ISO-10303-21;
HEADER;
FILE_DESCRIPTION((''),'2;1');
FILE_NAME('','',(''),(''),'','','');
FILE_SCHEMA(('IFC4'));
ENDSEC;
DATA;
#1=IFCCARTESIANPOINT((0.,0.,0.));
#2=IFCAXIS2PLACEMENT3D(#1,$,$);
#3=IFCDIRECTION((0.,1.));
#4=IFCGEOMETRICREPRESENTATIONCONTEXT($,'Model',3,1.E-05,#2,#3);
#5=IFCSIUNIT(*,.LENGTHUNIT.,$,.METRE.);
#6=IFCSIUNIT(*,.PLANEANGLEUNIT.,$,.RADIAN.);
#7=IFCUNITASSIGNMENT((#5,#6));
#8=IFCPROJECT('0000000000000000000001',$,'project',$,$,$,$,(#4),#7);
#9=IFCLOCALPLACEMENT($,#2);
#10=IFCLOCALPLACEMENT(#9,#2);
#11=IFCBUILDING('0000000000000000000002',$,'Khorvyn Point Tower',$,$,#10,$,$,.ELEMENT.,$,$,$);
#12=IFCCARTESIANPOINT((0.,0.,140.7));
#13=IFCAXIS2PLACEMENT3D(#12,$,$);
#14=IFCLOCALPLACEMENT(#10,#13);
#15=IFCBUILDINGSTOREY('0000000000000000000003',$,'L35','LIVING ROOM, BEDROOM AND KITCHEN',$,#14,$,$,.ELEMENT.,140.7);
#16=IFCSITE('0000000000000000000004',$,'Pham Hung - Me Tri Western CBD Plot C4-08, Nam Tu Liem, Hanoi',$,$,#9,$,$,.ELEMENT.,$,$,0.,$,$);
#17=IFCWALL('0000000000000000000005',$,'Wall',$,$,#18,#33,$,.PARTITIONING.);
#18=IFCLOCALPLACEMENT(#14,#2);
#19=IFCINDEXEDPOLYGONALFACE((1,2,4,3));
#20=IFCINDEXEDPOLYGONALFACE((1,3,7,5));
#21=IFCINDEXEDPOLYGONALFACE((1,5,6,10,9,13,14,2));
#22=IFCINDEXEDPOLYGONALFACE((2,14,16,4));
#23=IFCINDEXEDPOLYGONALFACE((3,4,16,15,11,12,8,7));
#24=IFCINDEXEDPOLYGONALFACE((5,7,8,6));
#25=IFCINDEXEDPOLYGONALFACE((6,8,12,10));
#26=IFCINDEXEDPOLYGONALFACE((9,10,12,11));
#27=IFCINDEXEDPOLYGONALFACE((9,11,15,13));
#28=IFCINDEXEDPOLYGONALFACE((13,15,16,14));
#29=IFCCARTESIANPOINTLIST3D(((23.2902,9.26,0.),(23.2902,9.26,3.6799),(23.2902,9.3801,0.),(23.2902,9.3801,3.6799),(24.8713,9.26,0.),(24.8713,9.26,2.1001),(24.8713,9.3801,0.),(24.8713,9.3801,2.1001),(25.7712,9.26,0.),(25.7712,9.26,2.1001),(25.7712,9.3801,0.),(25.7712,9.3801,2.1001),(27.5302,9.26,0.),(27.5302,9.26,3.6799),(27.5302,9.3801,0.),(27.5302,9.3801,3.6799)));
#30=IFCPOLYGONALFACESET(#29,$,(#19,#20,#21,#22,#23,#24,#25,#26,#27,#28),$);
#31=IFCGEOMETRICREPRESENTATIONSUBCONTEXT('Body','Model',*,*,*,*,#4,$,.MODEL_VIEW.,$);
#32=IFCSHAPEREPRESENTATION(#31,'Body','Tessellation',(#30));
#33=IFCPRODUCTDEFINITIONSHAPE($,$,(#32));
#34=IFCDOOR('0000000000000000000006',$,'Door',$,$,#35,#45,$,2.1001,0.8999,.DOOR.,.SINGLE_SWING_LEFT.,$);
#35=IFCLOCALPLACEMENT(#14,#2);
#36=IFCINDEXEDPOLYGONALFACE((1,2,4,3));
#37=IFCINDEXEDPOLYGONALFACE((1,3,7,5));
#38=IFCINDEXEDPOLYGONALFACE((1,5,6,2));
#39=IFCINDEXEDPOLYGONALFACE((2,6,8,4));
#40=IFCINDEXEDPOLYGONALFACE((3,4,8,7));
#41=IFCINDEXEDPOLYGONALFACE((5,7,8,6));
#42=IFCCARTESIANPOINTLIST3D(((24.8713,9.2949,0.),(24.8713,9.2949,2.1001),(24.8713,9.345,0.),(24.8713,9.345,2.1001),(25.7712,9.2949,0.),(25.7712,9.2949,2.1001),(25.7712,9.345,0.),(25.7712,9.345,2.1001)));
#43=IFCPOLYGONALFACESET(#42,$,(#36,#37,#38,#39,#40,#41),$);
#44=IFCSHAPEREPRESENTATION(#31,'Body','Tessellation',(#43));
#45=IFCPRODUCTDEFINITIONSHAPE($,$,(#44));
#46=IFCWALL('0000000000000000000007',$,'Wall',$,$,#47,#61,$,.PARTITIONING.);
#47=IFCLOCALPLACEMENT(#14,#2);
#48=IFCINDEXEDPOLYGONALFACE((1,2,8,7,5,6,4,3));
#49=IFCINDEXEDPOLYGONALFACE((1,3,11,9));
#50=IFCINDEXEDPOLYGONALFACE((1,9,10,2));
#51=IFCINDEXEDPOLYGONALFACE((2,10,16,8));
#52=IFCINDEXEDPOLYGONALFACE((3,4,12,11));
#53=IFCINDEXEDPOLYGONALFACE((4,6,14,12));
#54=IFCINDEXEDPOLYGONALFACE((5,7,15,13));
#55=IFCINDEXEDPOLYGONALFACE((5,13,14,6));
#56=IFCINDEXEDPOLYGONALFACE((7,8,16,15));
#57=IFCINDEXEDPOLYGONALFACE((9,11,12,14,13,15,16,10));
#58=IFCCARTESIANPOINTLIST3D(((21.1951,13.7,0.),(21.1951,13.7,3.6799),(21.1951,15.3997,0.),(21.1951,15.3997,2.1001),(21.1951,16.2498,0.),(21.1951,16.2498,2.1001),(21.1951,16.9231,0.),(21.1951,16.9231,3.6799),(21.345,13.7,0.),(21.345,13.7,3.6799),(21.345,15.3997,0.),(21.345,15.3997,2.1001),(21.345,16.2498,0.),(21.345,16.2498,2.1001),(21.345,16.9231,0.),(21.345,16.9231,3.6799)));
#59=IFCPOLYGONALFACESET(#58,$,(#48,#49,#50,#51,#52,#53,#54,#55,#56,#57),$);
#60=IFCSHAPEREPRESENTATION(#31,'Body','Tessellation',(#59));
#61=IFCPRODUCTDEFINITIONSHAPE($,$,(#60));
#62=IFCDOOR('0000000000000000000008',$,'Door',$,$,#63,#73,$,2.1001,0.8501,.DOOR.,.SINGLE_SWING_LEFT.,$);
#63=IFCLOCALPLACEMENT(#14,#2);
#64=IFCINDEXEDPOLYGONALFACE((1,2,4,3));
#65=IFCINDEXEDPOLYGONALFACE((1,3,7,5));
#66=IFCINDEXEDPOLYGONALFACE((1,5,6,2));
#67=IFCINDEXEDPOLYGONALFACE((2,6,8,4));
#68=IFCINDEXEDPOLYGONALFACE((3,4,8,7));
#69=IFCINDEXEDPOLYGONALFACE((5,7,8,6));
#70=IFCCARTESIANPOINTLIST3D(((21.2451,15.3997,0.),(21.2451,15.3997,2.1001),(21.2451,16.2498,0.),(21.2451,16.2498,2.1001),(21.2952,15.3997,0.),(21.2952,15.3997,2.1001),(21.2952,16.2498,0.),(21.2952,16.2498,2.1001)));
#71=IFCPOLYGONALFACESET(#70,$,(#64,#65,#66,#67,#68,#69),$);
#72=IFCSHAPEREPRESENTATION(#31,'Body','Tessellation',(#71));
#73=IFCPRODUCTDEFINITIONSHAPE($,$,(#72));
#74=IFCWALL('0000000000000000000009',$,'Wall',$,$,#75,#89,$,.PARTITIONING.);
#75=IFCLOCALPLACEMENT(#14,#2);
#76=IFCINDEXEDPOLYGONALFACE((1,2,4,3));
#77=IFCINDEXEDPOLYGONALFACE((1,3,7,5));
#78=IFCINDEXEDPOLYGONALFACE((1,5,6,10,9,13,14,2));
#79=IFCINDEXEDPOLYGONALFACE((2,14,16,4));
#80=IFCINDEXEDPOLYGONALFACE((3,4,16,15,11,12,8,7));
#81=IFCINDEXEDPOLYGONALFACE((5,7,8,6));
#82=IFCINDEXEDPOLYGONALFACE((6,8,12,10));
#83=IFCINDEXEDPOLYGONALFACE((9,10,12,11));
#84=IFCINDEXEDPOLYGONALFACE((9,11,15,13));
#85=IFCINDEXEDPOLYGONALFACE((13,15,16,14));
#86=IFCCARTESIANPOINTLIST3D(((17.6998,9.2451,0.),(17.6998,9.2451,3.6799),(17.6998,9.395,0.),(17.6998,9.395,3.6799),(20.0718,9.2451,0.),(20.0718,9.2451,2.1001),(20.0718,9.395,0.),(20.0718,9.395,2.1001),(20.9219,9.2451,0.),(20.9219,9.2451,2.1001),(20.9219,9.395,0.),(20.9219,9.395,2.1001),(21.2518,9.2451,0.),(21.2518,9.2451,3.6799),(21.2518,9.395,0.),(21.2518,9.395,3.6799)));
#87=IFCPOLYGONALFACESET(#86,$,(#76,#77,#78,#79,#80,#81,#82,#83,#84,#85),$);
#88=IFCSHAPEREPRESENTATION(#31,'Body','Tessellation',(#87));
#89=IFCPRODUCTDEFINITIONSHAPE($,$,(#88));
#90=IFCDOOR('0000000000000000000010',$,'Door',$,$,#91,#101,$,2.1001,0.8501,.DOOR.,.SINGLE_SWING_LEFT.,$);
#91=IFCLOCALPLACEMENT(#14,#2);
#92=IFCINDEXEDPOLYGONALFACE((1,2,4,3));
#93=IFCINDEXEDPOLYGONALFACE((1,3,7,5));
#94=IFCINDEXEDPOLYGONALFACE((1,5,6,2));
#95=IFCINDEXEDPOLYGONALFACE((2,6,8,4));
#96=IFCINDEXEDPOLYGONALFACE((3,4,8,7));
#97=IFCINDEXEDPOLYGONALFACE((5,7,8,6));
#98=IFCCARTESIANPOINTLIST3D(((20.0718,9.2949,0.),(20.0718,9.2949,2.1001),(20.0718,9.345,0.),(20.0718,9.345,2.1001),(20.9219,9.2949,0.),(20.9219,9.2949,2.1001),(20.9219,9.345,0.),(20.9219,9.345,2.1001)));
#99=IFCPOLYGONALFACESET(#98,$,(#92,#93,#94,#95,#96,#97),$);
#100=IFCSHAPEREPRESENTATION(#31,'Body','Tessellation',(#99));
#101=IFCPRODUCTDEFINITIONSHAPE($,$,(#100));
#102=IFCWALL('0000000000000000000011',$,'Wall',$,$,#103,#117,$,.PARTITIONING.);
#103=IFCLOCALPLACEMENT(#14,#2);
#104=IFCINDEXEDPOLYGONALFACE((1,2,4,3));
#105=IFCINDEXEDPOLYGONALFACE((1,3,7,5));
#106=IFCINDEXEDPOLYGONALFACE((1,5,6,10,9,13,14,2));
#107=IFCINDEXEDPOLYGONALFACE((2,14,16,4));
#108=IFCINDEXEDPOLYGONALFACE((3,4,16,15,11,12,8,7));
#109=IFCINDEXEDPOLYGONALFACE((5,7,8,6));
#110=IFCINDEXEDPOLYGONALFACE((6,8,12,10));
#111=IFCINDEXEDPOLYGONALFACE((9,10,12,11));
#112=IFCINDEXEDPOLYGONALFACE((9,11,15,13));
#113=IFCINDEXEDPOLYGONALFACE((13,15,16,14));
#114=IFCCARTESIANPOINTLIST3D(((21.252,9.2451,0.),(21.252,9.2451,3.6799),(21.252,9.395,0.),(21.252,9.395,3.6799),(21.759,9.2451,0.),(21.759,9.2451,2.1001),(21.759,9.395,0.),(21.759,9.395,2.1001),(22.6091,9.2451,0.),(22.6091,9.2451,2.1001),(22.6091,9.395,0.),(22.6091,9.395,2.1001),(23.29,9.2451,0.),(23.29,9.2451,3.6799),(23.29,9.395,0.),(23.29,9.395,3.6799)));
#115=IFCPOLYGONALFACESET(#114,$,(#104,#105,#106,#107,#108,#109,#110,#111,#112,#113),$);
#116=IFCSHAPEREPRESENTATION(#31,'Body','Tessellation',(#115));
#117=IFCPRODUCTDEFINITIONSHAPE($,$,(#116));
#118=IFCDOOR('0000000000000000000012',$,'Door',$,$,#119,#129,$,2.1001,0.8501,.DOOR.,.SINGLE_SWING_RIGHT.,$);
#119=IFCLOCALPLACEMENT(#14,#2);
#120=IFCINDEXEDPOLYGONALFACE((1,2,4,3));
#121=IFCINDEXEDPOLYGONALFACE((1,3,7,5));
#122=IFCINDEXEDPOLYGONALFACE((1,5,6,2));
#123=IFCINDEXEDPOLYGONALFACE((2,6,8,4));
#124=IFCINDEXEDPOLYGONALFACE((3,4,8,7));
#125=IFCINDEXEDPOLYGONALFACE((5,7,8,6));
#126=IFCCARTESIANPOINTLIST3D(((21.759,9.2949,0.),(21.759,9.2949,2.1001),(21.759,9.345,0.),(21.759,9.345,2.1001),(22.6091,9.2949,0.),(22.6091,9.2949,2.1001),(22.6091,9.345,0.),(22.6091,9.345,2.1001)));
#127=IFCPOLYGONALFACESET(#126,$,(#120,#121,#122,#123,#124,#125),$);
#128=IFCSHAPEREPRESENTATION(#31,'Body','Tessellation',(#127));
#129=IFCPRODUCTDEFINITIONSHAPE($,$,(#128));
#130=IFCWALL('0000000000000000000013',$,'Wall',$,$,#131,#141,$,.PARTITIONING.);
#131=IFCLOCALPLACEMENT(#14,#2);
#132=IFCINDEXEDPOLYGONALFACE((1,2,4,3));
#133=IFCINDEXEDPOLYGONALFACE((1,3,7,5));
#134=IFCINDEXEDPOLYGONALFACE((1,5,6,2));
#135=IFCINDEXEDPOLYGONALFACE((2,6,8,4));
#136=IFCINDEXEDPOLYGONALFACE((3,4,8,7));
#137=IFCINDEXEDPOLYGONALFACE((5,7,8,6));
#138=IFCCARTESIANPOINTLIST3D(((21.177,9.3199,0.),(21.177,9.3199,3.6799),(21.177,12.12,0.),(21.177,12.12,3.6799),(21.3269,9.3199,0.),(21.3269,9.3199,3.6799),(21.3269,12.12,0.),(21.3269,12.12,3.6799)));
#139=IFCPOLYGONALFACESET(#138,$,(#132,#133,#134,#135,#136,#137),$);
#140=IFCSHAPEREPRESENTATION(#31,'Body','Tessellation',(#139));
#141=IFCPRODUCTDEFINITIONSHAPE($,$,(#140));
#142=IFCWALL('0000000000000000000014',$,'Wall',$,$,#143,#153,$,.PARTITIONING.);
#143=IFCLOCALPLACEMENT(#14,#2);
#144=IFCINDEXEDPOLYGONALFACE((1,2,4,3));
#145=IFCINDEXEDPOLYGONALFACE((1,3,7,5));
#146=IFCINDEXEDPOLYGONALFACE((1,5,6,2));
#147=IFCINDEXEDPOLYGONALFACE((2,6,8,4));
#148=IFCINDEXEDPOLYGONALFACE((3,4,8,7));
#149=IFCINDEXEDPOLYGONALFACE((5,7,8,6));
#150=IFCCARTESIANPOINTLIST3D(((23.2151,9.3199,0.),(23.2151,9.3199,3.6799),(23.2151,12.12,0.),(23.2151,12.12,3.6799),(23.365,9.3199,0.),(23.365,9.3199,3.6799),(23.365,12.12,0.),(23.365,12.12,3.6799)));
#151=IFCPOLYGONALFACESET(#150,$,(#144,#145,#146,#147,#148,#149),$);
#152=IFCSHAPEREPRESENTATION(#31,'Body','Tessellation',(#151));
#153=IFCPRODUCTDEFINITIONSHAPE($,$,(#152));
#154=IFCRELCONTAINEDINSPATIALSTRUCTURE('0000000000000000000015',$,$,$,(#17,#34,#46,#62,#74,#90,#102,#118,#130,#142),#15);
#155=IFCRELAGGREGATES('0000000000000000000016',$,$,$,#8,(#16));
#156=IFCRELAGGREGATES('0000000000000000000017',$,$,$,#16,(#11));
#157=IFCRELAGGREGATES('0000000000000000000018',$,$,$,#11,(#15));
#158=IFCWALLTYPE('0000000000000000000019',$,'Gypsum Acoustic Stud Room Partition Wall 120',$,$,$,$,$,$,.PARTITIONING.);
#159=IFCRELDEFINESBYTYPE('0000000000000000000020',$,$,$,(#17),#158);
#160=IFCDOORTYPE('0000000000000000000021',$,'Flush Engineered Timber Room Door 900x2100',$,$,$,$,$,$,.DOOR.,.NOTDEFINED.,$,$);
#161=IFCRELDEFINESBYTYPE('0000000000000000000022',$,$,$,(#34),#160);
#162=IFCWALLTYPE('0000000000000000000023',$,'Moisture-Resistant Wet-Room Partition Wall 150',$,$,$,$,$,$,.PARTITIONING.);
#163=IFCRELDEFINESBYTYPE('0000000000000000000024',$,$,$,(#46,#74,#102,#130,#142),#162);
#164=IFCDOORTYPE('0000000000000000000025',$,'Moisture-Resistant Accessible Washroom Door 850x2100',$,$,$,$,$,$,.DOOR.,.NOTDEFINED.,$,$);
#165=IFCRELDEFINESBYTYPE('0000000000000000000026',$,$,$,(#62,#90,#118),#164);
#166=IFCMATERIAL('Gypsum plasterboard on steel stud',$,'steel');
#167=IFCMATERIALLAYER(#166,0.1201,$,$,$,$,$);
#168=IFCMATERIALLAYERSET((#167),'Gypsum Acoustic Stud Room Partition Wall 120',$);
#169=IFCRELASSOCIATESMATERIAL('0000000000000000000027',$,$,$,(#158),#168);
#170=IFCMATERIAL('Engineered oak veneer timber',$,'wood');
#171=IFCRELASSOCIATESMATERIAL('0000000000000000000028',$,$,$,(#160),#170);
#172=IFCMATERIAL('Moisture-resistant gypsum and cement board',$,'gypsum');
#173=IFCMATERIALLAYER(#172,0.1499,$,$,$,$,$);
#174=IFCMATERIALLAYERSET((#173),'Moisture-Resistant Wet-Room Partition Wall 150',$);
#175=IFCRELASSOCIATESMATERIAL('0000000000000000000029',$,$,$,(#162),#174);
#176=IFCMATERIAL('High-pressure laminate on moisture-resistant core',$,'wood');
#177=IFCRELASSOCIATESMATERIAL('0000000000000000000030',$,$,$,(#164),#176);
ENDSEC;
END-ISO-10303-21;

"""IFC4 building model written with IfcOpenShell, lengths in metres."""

from ifc_helpers import new_model, si_unit, direction, frame, frame_2d, origin, place, context, subcontext, project, spatial, rectangle, extrude, material, layer, layer_set, type_object, element, fill, save


model = new_model("IFC4")

# Units and contexts
model_context = context("Model", 3, precision=1e-05, world=origin(), true_north=direction((0.0, 1.0)))
body_context = subcontext(model_context, "Body", "Model", "MODEL_VIEW")
ifc_project = project(units=[si_unit("LENGTHUNIT", "METRE"), si_unit("PLANEANGLEUNIT", "RADIAN")], contexts=[model_context])

# Site, building, storey
site_placement = place(None, origin())
site = spatial("IfcSite", under=ifc_project, at=site_placement, Name="Pham Hung - Me Tri Western CBD Plot C4-08, Nam Tu Liem, Hanoi", CompositionType="ELEMENT", RefElevation=0.0)
building_placement = place(site_placement, origin())
building = spatial("IfcBuilding", under=site, at=building_placement, Name="Khorvyn Point Tower", CompositionType="ELEMENT")
storey_placement = place(building_placement, frame((0.0, 0.0, 140.7)))
storey = spatial("IfcBuildingStorey", under=building, at=storey_placement, Name="L35", Description="LIVING ROOM, BEDROOM AND KITCHEN", CompositionType="ELEMENT", Elevation=140.7)

# Walls, openings, doors
ifc_material_1 = material(Name="Gypsum plasterboard on steel stud", Category="steel")
ifc_layer_1 = layer(ifc_material_1, 0.1201)
ifc_layer_set_1 = layer_set([ifc_layer_1], Name="Gypsum Acoustic Stud Room Partition Wall 120")
wall_type_1 = type_object("IfcWallType", Name="Gypsum Acoustic Stud Room Partition Wall 120", PredefinedType="PARTITIONING", material=ifc_layer_set_1)
wall_1_placement = place(storey_placement, frame((23.29, 9.3201, 0.0), z_axis=(0.0, 0.0, 1.0), x_axis=(1.0, 0.0, 0.0)))
wall_1 = element("IfcWall", 1, at=wall_1_placement, inside=storey, type_object=wall_type_1, Name="Wall", PredefinedType="PARTITIONING", context=body_context, shape_type="SweptSolid", body=[
    extrude(rectangle(XDim=4.24, YDim=0.1201, at=frame_2d((2.1201, 0.0))), origin(), (0.0, 0.0, 1.0), 3.6799),
])
opening_1_placement = place(wall_1_placement, frame((1.5813, 0.0, 0.0)))
opening_1 = element("IfcOpeningElement", 2, at=opening_1_placement, cuts=wall_1, PredefinedType="OPENING", context=body_context, shape_type="SweptSolid", body=[
    extrude(rectangle(XDim=0.8999, YDim=2.1001, at=frame_2d((0.45, 1.05))), frame((0.0, 0.0701, 0.0), z_axis=(0.0, -1.0, 0.0), x_axis=(1.0, 0.0, 0.0)), (0.0, 0.0, 1.0), 0.1401),
])
ifc_material_2 = material(Name="Engineered oak veneer timber", Category="wood")
door_type_1 = type_object("IfcDoorType", Name="Flush Engineered Timber Room Door 900x2100", OperationType="NOTDEFINED", PredefinedType="DOOR", material=ifc_material_2)
door_1_placement = place(opening_1_placement, origin())
door_1 = element("IfcDoor", 3, at=door_1_placement, inside=storey, type_object=door_type_1, Name="Door", OperationType="SINGLE_SWING_LEFT", OverallHeight=2.1001, OverallWidth=0.8999, PredefinedType="DOOR", context=body_context, shape_type="SweptSolid", body=[
    extrude(rectangle(XDim=0.8999, YDim=2.1001, at=frame_2d((0.45, 1.05))), frame((0.0, 0.0249, 0.0), z_axis=(0.0, -1.0, 0.0), x_axis=(1.0, 0.0, 0.0)), (0.0, 0.0, 1.0), 0.05),
])
fill(opening_1, door_1)
ifc_material_3 = material(Name="Moisture-resistant gypsum and cement board", Category="gypsum")
ifc_layer_2 = layer(ifc_material_3, 0.1499)
ifc_layer_set_2 = layer_set([ifc_layer_2], Name="Moisture-Resistant Wet-Room Partition Wall 150")
wall_type_2 = type_object("IfcWallType", Name="Moisture-Resistant Wet-Room Partition Wall 150", PredefinedType="PARTITIONING", material=ifc_layer_set_2)
wall_2_placement = place(storey_placement, frame((21.27, 13.7, 0.0), z_axis=(0.0, 0.0, 1.0), x_axis=(0.0, 1.0, 0.0)))
wall_2 = element("IfcWall", 4, at=wall_2_placement, inside=storey, type_object=wall_type_2, Name="Wall", PredefinedType="PARTITIONING", context=body_context, shape_type="SweptSolid", body=[
    extrude(rectangle(XDim=3.2231, YDim=0.1499, at=frame_2d((1.6116, 0.0))), origin(), (0.0, 0.0, 1.0), 3.6799),
])
opening_2_placement = place(wall_2_placement, frame((1.6997, 0.0, 0.0)))
opening_2 = element("IfcOpeningElement", 5, at=opening_2_placement, cuts=wall_2, PredefinedType="OPENING", context=body_context, shape_type="SweptSolid", body=[
    extrude(rectangle(XDim=0.8501, YDim=2.1001, at=frame_2d((0.425, 1.05))), frame((0.0, 0.085, 0.0), z_axis=(0.0, -1.0, 0.0), x_axis=(1.0, 0.0, 0.0)), (0.0, 0.0, 1.0), 0.1699),
])
ifc_material_4 = material(Name="High-pressure laminate on moisture-resistant core", Category="wood")
door_type_2 = type_object("IfcDoorType", Name="Moisture-Resistant Accessible Washroom Door 850x2100", OperationType="NOTDEFINED", PredefinedType="DOOR", material=ifc_material_4)
door_2_placement = place(opening_2_placement, origin())
door_2 = element("IfcDoor", 6, at=door_2_placement, inside=storey, type_object=door_type_2, Name="Door", OperationType="SINGLE_SWING_LEFT", OverallHeight=2.1001, OverallWidth=0.8501, PredefinedType="DOOR", context=body_context, shape_type="SweptSolid", body=[
    extrude(rectangle(XDim=0.8501, YDim=2.1001, at=frame_2d((0.425, 1.05))), frame((0.0, 0.0249, 0.0), z_axis=(0.0, -1.0, 0.0), x_axis=(1.0, 0.0, 0.0)), (0.0, 0.0, 1.0), 0.05),
])
fill(opening_2, door_2)
wall_3_placement = place(storey_placement, frame((17.7, 9.3201, 0.0), z_axis=(0.0, 0.0, 1.0), x_axis=(1.0, 0.0, 0.0)))
wall_3 = element("IfcWall", 7, at=wall_3_placement, inside=storey, type_object=wall_type_2, Name="Wall", PredefinedType="PARTITIONING", context=body_context, shape_type="SweptSolid", body=[
    extrude(rectangle(XDim=3.552, YDim=0.1499, at=frame_2d((1.7759, 0.0))), origin(), (0.0, 0.0, 1.0), 3.6799),
])
opening_3_placement = place(wall_3_placement, frame((2.3718, 0.0, 0.0)))
opening_3 = element("IfcOpeningElement", 8, at=opening_3_placement, cuts=wall_3, PredefinedType="OPENING", context=body_context, shape_type="SweptSolid", body=[
    extrude(rectangle(XDim=0.8501, YDim=2.1001, at=frame_2d((0.425, 1.05))), frame((0.0, 0.085, 0.0), z_axis=(0.0, -1.0, 0.0), x_axis=(1.0, 0.0, 0.0)), (0.0, 0.0, 1.0), 0.1699),
])
door_3_placement = place(opening_3_placement, origin())
door_3 = element("IfcDoor", 9, at=door_3_placement, inside=storey, type_object=door_type_2, Name="Door", OperationType="SINGLE_SWING_LEFT", OverallHeight=2.1001, OverallWidth=0.8501, PredefinedType="DOOR", context=body_context, shape_type="SweptSolid", body=[
    extrude(rectangle(XDim=0.8501, YDim=2.1001, at=frame_2d((0.425, 1.05))), frame((0.0, 0.0249, 0.0), z_axis=(0.0, -1.0, 0.0), x_axis=(1.0, 0.0, 0.0)), (0.0, 0.0, 1.0), 0.05),
])
fill(opening_3, door_3)
wall_4_placement = place(storey_placement, frame((21.252, 9.3201, 0.0), z_axis=(0.0, 0.0, 1.0), x_axis=(1.0, 0.0, 0.0)))
wall_4 = element("IfcWall", 10, at=wall_4_placement, inside=storey, type_object=wall_type_2, Name="Wall", PredefinedType="PARTITIONING", context=body_context, shape_type="SweptSolid", body=[
    extrude(rectangle(XDim=2.0381, YDim=0.1499, at=frame_2d((1.019, 0.0))), origin(), (0.0, 0.0, 1.0), 3.6799),
])
opening_4_placement = place(wall_4_placement, frame((0.5071, 0.0, 0.0)))
opening_4 = element("IfcOpeningElement", 11, at=opening_4_placement, cuts=wall_4, PredefinedType="OPENING", context=body_context, shape_type="SweptSolid", body=[
    extrude(rectangle(XDim=0.8501, YDim=2.1001, at=frame_2d((0.425, 1.05))), frame((0.0, 0.085, 0.0), z_axis=(0.0, -1.0, 0.0), x_axis=(1.0, 0.0, 0.0)), (0.0, 0.0, 1.0), 0.1699),
])
door_4_placement = place(opening_4_placement, origin())
door_4 = element("IfcDoor", 12, at=door_4_placement, inside=storey, type_object=door_type_2, Name="Door", OperationType="SINGLE_SWING_RIGHT", OverallHeight=2.1001, OverallWidth=0.8501, PredefinedType="DOOR", context=body_context, shape_type="SweptSolid", body=[
    extrude(rectangle(XDim=0.8501, YDim=2.1001, at=frame_2d((0.425, 1.05))), frame((0.0, 0.0249, 0.0), z_axis=(0.0, -1.0, 0.0), x_axis=(1.0, 0.0, 0.0)), (0.0, 0.0, 1.0), 0.05),
])
fill(opening_4, door_4)

# Walls
for number, where, z_axis, x_axis, name in (
    (13, (21.252, 9.3201, 0.0), (0.0, 0.0, 1.0), (0.0, 1.0, 0.0), "Wall"),
    (14, (23.29, 9.3201, 0.0), (0.0, 0.0, 1.0), (0.0, 1.0, 0.0), "Wall"),
):
    element("IfcWall", number, at=place(storey_placement, frame(where, z_axis=z_axis, x_axis=x_axis)), inside=storey, type_object=wall_type_2, Name=name, PredefinedType="PARTITIONING", context=body_context, shape_type="SweptSolid", body=[
        extrude(rectangle(XDim=2.8, YDim=0.1499, at=frame_2d((1.3999, 0.0))), origin(), (0.0, 0.0, 1.0), 3.6799),
    ])

save(model, "model.ifc")
